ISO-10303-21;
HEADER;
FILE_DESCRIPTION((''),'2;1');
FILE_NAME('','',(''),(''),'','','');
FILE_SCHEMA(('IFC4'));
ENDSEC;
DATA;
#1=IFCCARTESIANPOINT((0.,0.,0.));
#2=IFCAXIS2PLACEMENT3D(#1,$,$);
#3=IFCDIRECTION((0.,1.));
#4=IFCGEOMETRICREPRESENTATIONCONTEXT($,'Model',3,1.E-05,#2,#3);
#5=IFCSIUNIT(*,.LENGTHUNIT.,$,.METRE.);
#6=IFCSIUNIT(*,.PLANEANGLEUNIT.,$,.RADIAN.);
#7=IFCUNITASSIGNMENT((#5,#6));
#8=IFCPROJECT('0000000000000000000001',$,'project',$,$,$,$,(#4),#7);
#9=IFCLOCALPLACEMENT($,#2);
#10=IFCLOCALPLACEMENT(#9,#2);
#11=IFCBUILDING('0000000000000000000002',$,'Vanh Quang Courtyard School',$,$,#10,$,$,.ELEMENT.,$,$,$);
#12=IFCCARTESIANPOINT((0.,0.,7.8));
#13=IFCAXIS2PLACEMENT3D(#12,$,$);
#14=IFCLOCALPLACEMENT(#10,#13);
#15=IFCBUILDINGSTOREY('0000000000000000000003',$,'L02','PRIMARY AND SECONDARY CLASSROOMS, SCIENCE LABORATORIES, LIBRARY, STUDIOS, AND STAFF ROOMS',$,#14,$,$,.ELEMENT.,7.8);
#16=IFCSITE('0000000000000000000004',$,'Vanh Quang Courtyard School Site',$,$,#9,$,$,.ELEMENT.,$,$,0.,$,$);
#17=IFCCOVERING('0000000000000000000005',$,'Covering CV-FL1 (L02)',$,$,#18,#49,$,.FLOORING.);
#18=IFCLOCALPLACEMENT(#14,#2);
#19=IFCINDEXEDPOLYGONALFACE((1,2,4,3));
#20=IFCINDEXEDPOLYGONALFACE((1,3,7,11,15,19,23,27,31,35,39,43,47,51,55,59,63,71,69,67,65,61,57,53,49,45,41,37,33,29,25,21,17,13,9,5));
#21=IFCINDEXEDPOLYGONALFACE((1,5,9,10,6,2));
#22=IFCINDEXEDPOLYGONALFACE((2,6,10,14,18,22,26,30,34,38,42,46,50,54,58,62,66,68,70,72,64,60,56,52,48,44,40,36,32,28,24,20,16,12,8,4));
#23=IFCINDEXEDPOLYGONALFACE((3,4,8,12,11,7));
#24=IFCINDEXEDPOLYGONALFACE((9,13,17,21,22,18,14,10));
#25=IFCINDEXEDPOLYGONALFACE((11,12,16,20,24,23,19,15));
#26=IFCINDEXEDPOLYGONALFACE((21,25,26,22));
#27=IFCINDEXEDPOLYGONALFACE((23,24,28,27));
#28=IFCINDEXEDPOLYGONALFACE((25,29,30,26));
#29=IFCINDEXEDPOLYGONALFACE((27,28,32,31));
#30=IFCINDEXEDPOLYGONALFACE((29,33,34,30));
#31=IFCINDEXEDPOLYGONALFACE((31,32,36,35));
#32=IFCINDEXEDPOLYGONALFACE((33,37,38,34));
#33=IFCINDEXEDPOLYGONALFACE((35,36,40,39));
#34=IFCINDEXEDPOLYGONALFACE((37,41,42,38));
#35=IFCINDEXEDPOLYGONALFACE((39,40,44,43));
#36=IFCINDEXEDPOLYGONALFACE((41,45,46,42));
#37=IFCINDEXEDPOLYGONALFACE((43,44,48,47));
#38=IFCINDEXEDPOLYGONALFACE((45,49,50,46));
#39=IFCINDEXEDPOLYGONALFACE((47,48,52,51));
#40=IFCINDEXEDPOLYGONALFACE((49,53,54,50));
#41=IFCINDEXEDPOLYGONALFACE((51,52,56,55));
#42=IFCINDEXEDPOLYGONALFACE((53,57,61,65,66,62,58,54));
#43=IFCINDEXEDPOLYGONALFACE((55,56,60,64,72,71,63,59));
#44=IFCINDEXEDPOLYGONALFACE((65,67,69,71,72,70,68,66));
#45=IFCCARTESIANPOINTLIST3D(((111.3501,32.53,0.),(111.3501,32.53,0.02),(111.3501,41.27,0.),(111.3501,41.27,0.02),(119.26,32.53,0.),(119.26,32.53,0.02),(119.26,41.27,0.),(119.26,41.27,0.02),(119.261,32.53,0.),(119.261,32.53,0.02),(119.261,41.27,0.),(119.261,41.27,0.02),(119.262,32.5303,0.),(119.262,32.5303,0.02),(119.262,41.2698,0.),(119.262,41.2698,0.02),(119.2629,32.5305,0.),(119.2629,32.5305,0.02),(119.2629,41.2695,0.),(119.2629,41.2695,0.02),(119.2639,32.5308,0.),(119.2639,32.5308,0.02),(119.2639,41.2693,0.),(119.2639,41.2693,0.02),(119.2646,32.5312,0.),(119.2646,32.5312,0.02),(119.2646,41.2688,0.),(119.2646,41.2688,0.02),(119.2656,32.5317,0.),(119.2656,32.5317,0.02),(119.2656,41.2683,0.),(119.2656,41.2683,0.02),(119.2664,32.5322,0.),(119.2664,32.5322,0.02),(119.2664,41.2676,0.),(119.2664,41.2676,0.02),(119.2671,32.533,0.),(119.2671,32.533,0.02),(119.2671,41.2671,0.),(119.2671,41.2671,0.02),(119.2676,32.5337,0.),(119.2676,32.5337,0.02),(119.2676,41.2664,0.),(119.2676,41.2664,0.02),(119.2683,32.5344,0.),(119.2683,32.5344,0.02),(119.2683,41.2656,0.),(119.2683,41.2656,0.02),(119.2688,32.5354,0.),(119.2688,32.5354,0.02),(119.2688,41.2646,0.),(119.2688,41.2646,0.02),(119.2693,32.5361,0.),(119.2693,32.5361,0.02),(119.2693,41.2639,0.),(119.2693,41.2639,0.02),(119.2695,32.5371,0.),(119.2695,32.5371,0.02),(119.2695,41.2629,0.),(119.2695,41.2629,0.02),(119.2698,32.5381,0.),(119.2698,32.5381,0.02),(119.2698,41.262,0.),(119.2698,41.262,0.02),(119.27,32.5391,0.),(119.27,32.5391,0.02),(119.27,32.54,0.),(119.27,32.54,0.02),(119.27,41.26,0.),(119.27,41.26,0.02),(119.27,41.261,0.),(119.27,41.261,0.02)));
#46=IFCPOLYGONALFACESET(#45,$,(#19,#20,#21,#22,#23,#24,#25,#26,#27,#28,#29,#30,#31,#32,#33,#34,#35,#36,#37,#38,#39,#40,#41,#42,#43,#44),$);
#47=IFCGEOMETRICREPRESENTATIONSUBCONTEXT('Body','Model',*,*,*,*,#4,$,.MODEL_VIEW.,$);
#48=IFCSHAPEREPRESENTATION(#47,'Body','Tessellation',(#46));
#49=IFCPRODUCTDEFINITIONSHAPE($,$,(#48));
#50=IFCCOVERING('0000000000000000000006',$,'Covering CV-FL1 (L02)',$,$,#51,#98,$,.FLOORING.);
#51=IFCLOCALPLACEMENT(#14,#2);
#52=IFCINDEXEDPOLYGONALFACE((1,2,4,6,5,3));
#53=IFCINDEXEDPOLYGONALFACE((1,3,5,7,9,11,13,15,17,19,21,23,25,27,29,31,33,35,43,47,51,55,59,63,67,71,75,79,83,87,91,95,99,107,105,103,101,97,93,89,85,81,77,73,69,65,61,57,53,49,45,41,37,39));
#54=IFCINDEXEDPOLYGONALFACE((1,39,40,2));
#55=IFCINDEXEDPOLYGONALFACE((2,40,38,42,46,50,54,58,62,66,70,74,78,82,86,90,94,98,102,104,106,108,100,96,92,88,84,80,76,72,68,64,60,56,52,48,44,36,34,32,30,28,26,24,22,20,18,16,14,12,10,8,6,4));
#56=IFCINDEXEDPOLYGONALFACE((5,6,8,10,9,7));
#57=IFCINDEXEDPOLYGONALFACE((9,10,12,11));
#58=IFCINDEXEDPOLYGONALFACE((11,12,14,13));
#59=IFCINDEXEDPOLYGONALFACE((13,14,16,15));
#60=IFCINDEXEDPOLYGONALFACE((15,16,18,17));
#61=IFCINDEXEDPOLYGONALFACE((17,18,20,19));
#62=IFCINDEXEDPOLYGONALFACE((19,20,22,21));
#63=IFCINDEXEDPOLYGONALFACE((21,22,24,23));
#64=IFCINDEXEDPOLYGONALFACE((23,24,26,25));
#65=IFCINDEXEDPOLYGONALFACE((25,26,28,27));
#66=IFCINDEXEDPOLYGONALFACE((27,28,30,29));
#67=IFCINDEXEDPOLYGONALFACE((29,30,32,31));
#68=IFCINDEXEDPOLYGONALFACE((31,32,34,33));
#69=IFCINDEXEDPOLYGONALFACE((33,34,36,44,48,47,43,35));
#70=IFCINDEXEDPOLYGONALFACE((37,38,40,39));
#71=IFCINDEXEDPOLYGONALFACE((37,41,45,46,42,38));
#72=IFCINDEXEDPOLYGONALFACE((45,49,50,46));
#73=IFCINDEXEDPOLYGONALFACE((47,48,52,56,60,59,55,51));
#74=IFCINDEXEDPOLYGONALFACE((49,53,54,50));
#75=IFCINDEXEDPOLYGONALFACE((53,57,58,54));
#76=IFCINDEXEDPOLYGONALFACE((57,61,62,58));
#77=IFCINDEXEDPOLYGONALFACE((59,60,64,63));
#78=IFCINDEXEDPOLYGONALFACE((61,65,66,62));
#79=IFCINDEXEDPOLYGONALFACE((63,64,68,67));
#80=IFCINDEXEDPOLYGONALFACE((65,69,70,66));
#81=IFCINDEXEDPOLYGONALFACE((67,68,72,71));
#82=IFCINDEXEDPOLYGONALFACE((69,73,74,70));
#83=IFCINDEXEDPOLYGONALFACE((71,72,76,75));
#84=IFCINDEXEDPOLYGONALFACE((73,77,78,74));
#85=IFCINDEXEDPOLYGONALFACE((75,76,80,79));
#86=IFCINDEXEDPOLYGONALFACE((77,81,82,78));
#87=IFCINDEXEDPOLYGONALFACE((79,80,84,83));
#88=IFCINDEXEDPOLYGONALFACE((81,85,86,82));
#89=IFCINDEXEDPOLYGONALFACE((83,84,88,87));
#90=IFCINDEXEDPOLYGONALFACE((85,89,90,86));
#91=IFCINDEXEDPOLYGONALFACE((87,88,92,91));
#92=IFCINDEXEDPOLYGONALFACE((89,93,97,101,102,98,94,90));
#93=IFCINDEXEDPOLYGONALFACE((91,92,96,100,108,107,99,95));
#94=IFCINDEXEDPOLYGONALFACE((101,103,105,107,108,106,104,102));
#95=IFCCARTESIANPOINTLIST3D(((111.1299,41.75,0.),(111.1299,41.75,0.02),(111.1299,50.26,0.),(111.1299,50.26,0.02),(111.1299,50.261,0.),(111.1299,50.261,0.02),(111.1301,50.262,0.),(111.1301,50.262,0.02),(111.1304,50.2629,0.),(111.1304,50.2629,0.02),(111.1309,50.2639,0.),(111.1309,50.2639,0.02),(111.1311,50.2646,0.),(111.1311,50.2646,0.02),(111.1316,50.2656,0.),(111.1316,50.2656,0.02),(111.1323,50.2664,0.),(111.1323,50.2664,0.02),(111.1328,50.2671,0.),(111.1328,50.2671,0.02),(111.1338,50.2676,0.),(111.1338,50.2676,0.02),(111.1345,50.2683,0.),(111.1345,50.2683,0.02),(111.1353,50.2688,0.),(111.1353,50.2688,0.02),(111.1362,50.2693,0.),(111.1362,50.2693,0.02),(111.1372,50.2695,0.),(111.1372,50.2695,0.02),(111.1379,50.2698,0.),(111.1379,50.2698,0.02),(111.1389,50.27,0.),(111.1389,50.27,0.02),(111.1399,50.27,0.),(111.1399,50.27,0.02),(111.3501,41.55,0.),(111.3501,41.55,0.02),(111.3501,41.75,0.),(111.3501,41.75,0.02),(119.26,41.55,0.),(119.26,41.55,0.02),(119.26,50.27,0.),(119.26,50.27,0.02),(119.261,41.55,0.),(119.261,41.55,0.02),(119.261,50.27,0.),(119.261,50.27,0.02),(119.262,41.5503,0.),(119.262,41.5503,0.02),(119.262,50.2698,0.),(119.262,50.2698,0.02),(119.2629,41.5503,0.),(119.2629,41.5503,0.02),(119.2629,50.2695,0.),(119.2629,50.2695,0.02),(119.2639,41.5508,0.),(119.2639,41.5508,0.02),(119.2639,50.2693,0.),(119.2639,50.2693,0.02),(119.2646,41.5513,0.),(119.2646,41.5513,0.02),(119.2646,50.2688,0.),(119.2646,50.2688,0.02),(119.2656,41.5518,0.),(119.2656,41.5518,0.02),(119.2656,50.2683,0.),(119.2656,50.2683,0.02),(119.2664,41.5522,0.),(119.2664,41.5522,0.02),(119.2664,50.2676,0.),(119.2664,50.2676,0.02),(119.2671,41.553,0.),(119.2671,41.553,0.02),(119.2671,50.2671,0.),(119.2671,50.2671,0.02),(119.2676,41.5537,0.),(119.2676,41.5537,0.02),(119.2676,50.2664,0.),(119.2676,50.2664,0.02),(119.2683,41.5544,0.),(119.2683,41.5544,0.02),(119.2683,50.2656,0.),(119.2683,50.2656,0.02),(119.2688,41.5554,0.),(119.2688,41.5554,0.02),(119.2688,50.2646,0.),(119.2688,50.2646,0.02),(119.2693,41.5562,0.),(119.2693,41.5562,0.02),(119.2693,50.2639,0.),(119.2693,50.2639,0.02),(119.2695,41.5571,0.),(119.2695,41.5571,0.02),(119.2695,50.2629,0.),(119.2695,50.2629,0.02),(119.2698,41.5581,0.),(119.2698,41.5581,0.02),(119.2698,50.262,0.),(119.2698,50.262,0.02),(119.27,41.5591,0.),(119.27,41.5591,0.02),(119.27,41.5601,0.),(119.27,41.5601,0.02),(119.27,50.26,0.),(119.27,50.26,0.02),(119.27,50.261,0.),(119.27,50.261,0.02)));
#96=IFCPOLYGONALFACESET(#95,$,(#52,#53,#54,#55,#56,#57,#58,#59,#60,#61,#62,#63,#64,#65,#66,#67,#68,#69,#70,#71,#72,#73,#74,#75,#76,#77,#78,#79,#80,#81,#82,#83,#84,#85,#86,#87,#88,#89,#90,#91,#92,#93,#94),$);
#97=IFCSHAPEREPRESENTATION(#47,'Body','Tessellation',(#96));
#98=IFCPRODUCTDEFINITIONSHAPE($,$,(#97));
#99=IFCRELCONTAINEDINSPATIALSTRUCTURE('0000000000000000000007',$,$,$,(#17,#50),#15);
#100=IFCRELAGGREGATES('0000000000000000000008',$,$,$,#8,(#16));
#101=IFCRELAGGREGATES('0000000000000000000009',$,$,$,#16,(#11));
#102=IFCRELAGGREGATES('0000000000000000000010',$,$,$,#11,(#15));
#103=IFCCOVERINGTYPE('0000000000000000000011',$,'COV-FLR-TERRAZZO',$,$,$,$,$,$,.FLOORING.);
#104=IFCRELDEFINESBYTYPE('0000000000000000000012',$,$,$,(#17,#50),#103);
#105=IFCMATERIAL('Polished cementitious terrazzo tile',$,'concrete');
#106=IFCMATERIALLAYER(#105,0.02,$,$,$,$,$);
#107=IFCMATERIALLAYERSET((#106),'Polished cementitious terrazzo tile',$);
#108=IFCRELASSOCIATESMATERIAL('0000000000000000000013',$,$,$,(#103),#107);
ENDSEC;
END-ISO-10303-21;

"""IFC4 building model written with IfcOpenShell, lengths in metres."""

from ifc_helpers import new_model, si_unit, direction, frame, origin, place, context, subcontext, project, spatial, polyline, outline, extrude, material, layer, layer_set, type_object, element, save


model = new_model("IFC4")

# Units and contexts
model_context = context("Model", 3, precision=1e-05, world=origin(), true_north=direction((0.0, 1.0)))
body_context = subcontext(model_context, "Body", "Model", "MODEL_VIEW")
ifc_project = project(units=[si_unit("LENGTHUNIT", "METRE"), si_unit("PLANEANGLEUNIT", "RADIAN")], contexts=[model_context])

# Site, building, storey
site_placement = place(None, origin())
site = spatial("IfcSite", under=ifc_project, at=site_placement, Name="Vanh Quang Courtyard School Site", CompositionType="ELEMENT", RefElevation=0.0)
building_placement = place(site_placement, origin())
building = spatial("IfcBuilding", under=site, at=building_placement, Name="Vanh Quang Courtyard School", CompositionType="ELEMENT")
storey_placement = place(building_placement, frame((0.0, 0.0, 7.8)))
storey = spatial("IfcBuildingStorey", under=building, at=storey_placement, Name="L02", Description="PRIMARY AND SECONDARY CLASSROOMS, SCIENCE LABORATORIES, LIBRARY, STUDIOS, AND STAFF ROOMS", CompositionType="ELEMENT", Elevation=7.8)

# Coverings
ifc_material_1 = material(Name="Polished cementitious terrazzo tile", Category="concrete")
ifc_layer_1 = layer(ifc_material_1, 0.02)
ifc_layer_set_1 = layer_set([ifc_layer_1], Name="Polished cementitious terrazzo tile")
covering_type_1 = type_object("IfcCoveringType", Name="COV-FLR-TERRAZZO", PredefinedType="FLOORING", material=ifc_layer_set_1)
covering_1_placement = place(storey_placement, origin())
element("IfcCovering", 1, at=covering_1_placement, inside=storey, type_object=covering_type_1, Name="Covering CV-FL1 (L02)", PredefinedType="FLOORING", context=body_context, shape_type="SweptSolid", body=[
    extrude(outline(polyline([(111.3501, 32.53), (111.3501, 41.27), (119.26, 41.27), (119.261, 41.27), (119.262, 41.2698), (119.2629, 41.2695), (119.2639, 41.2693), (119.2646, 41.2688), (119.2656, 41.2683), (119.2664, 41.2676), (119.2671, 41.2671), (119.2676, 41.2664), (119.2683, 41.2656), (119.2688, 41.2646), (119.2693, 41.2639), (119.2695, 41.2629), (119.2698, 41.262), (119.27, 41.261), (119.27, 41.26), (119.27, 32.54), (119.27, 32.5391), (119.2698, 32.5381), (119.2695, 32.5371), (119.2693, 32.5361), (119.2688, 32.5354), (119.2683, 32.5344), (119.2676, 32.5337), (119.2671, 32.533), (119.2664, 32.5322), (119.2656, 32.5317), (119.2646, 32.5312), (119.2639, 32.5308), (119.2629, 32.5305), (119.262, 32.5303), (119.261, 32.53), (119.26, 32.53), (111.3501, 32.53)])), origin(), (0.0, 0.0, 1.0), 0.02),
])
covering_2_placement = place(storey_placement, origin())
element("IfcCovering", 2, at=covering_2_placement, inside=storey, type_object=covering_type_1, Name="Covering CV-FL1 (L02)", PredefinedType="FLOORING", context=body_context, shape_type="SweptSolid", body=[
    extrude(outline(polyline([(111.3501, 41.55), (111.3501, 41.75), (111.1299, 41.75), (111.1299, 50.26), (111.1299, 50.261), (111.1301, 50.262), (111.1304, 50.2629), (111.1309, 50.2639), (111.1311, 50.2646), (111.1316, 50.2656), (111.1323, 50.2664), (111.1328, 50.2671), (111.1338, 50.2676), (111.1345, 50.2683), (111.1353, 50.2688), (111.1362, 50.2693), (111.1372, 50.2695), (111.1379, 50.2698), (111.1389, 50.27), (111.1399, 50.27), (119.26, 50.27), (119.261, 50.27), (119.262, 50.2698), (119.2629, 50.2695), (119.2639, 50.2693), (119.2646, 50.2688), (119.2656, 50.2683), (119.2664, 50.2676), (119.2671, 50.2671), (119.2676, 50.2664), (119.2683, 50.2656), (119.2688, 50.2646), (119.2693, 50.2639), (119.2695, 50.2629), (119.2698, 50.262), (119.27, 50.261), (119.27, 50.26), (119.27, 41.5601), (119.27, 41.5591), (119.2698, 41.5581), (119.2695, 41.5571), (119.2693, 41.5562), (119.2688, 41.5554), (119.2683, 41.5544), (119.2676, 41.5537), (119.2671, 41.553), (119.2664, 41.5522), (119.2656, 41.5518), (119.2646, 41.5513), (119.2639, 41.5508), (119.2629, 41.5503), (119.262, 41.5503), (119.261, 41.55), (119.26, 41.55), (111.3501, 41.55)])), origin(), (0.0, 0.0, 1.0), 0.02),
])

save(model, "model.ifc")
